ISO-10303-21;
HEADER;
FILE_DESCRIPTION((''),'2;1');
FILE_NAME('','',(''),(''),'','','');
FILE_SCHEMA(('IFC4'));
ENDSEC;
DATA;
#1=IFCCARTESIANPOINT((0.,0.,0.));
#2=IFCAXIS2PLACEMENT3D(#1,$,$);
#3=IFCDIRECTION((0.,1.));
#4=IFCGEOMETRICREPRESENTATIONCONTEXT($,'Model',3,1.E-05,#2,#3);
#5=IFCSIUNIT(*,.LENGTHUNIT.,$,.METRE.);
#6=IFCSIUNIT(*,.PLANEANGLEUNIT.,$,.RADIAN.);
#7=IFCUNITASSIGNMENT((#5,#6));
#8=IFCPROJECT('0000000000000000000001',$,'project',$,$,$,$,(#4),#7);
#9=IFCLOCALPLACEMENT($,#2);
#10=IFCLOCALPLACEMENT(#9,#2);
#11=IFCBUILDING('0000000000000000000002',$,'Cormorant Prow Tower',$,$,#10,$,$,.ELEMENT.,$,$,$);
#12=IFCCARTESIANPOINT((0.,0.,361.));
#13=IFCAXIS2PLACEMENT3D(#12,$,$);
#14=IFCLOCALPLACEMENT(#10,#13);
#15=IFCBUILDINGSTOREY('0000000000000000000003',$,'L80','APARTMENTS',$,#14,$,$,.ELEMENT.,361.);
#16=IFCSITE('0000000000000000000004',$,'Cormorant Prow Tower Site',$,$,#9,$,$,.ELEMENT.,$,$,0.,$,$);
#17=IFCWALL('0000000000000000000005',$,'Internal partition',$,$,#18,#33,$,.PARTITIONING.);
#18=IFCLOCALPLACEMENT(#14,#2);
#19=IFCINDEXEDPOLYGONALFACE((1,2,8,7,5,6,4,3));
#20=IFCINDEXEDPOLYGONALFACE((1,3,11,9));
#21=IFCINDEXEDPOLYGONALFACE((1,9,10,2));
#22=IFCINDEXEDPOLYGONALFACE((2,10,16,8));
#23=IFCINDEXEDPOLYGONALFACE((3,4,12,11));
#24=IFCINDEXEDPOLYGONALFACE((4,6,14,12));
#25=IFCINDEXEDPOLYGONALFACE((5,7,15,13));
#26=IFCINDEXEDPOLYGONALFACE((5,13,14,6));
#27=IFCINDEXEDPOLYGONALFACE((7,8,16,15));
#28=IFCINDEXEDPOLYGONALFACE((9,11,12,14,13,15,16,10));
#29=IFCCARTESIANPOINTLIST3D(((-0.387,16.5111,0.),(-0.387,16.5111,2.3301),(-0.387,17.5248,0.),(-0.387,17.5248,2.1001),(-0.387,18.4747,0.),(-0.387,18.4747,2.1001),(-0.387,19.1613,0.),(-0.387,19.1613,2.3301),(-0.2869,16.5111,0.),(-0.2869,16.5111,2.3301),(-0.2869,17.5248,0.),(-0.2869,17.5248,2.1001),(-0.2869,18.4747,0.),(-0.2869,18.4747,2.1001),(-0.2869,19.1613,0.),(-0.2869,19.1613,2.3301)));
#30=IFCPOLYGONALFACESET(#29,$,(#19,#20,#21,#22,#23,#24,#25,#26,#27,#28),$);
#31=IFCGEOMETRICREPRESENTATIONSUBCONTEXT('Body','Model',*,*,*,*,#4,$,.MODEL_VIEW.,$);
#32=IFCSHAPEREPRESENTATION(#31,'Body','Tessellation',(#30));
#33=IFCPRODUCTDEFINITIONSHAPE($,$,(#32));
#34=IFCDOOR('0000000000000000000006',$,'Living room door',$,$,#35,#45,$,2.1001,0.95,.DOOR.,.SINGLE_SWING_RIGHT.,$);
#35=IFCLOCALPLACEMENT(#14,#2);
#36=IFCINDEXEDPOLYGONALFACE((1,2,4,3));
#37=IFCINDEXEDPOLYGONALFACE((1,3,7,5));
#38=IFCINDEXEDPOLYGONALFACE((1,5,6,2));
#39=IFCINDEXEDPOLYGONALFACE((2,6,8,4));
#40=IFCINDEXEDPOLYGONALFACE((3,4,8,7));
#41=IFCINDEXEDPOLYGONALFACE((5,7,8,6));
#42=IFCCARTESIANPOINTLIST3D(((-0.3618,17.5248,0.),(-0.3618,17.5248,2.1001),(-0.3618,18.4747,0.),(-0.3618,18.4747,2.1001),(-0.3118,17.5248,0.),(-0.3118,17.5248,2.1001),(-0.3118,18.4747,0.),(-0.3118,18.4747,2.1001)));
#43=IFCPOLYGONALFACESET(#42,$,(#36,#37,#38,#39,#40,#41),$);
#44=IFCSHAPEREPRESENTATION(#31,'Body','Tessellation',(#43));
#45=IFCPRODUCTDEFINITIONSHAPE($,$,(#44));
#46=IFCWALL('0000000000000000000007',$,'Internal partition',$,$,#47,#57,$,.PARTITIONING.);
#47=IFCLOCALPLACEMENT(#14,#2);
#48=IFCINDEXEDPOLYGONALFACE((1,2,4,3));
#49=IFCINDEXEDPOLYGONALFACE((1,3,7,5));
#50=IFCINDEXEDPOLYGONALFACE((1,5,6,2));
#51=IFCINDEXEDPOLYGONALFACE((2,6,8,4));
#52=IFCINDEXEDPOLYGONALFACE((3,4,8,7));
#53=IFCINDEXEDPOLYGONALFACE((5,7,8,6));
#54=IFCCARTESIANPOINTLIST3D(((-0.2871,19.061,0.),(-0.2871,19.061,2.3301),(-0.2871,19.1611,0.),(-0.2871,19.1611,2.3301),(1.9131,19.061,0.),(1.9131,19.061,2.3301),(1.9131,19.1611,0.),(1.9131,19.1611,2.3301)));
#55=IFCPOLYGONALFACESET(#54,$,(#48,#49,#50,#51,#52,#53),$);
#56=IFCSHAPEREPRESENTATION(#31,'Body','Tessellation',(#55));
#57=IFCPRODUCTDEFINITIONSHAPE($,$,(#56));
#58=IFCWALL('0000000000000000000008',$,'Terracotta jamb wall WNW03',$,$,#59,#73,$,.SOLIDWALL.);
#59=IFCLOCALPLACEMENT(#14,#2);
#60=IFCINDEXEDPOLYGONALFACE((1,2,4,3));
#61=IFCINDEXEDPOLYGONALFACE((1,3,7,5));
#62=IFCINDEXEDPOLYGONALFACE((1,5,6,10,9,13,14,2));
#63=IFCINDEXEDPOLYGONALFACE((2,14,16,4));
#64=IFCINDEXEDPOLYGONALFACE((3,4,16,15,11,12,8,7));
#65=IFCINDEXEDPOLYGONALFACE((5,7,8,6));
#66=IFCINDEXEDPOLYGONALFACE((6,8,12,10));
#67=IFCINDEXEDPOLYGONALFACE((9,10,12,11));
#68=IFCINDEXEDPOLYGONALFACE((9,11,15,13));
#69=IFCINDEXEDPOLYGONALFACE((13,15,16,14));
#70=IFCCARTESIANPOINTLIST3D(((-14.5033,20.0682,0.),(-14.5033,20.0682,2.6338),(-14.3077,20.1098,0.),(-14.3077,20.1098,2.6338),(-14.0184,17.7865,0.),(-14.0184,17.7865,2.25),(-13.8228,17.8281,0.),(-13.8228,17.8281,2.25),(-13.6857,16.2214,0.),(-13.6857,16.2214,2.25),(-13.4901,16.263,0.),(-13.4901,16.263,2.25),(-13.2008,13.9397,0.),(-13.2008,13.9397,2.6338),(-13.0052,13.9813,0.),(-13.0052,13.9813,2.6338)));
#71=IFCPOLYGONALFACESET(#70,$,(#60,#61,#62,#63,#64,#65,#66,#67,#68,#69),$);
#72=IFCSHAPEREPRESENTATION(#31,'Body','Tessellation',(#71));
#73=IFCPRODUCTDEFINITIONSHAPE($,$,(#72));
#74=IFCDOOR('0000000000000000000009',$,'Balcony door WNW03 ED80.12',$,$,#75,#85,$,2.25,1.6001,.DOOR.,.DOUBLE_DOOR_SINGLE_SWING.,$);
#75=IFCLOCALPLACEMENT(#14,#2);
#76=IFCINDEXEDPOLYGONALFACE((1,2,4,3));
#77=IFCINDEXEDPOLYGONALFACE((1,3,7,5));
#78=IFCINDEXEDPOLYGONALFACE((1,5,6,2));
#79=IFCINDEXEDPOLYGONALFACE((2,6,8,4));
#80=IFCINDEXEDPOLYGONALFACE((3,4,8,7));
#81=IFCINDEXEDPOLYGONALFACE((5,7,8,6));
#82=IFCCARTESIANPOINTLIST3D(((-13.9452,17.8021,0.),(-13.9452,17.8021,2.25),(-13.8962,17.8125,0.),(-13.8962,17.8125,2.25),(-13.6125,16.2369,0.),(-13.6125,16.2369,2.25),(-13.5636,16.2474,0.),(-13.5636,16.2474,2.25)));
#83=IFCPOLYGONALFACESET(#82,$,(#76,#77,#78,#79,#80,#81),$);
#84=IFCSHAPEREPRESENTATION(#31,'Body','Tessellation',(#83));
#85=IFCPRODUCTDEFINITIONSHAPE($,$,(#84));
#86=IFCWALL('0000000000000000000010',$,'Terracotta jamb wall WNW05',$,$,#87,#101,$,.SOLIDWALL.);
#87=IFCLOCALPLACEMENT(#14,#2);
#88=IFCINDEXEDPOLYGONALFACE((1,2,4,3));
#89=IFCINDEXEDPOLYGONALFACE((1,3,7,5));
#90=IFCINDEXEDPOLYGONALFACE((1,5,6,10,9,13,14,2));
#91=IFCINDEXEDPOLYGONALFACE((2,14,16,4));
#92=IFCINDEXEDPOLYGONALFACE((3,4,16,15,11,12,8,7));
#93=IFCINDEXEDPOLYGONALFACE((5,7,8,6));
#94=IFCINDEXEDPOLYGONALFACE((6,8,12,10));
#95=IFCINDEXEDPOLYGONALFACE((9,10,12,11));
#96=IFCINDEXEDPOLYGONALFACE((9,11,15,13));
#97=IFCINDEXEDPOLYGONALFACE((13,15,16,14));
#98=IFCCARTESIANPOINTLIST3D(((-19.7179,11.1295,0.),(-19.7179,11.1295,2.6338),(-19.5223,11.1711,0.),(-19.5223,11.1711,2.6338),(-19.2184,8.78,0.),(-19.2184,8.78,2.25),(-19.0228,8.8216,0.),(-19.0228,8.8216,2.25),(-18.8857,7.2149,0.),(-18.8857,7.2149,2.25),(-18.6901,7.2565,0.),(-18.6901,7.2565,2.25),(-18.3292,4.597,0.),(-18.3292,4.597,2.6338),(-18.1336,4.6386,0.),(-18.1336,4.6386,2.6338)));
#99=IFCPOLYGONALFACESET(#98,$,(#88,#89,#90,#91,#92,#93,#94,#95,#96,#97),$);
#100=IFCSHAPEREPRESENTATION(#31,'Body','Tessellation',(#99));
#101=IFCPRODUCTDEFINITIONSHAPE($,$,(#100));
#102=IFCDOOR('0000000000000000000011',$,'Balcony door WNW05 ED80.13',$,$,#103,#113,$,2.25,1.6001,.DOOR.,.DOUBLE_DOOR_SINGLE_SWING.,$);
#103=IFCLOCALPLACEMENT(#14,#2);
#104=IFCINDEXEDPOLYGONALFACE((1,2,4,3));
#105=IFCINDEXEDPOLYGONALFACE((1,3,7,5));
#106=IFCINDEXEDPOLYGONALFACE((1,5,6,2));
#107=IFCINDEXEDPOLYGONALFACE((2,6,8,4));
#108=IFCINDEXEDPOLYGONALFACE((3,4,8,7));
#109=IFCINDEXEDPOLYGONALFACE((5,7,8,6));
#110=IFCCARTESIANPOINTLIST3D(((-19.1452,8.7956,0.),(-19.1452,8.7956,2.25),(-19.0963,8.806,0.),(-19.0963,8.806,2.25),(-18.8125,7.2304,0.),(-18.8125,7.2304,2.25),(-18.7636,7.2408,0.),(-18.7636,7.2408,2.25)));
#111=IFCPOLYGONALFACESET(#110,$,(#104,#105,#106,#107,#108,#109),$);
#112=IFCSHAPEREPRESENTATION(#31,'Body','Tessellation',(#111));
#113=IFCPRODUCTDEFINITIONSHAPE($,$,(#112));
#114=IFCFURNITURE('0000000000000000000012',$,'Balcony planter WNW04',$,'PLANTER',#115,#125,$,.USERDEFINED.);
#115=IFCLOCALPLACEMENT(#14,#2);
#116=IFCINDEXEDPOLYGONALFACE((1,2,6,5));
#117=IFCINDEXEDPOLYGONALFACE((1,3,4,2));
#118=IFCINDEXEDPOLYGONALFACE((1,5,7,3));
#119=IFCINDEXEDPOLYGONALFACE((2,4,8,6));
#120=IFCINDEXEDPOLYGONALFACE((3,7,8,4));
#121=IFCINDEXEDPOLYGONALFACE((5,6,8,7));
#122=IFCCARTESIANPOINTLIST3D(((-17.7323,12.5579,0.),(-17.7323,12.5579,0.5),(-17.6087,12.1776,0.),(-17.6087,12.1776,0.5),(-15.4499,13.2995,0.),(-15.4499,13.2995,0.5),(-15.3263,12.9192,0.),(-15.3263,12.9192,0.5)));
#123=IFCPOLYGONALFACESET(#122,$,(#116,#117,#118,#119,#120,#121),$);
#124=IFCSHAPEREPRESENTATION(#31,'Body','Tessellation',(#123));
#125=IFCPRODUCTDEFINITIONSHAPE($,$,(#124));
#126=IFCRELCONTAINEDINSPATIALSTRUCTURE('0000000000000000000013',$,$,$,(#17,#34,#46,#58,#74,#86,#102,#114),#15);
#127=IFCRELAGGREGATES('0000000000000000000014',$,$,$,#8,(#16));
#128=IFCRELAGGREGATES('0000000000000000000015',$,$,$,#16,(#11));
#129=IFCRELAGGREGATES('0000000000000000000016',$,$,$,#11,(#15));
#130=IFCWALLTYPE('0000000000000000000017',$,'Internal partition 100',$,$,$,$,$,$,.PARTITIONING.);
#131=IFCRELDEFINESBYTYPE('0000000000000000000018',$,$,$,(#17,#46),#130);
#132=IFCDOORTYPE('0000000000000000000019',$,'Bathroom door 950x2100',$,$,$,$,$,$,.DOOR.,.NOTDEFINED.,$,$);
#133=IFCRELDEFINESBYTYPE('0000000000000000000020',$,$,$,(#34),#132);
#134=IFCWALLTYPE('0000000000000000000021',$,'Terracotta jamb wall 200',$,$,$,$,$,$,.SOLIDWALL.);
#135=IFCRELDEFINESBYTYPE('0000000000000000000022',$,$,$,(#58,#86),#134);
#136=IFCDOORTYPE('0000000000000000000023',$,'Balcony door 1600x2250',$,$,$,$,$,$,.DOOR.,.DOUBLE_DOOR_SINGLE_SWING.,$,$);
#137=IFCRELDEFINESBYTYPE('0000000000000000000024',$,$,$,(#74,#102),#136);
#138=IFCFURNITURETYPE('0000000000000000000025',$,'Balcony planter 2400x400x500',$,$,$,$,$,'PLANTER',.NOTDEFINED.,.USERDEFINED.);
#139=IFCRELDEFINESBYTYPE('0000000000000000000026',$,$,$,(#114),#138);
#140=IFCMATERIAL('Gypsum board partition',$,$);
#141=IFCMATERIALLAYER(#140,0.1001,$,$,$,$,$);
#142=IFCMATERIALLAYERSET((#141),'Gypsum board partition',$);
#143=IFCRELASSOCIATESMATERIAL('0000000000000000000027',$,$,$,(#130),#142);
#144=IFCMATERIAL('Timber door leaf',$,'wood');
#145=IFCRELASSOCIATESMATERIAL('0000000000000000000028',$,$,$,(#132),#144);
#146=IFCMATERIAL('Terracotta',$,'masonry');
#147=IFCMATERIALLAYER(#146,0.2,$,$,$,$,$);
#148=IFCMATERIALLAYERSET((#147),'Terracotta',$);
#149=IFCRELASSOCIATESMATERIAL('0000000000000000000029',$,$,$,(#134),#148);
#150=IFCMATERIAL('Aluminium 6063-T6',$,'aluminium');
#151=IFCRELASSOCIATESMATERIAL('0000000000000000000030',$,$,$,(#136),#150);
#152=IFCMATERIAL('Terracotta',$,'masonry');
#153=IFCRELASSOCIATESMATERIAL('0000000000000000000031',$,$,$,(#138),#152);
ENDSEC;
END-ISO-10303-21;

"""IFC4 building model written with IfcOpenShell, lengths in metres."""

from ifc_helpers import new_model, si_unit, direction, frame, frame_2d, origin, origin_2d, place, context, subcontext, project, spatial, rectangle, extrude, material, layer, layer_set, type_object, element, fill, save


model = new_model("IFC4")

# Units and contexts
model_context = context("Model", 3, precision=1e-05, world=origin(), true_north=direction((0.0, 1.0)))
body_context = subcontext(model_context, "Body", "Model", "MODEL_VIEW")
ifc_project = project(units=[si_unit("LENGTHUNIT", "METRE"), si_unit("PLANEANGLEUNIT", "RADIAN")], contexts=[model_context])

# Site, building, storey
site_placement = place(None, origin())
site = spatial("IfcSite", under=ifc_project, at=site_placement, Name="Cormorant Prow Tower Site", CompositionType="ELEMENT", RefElevation=0.0)
building_placement = place(site_placement, origin())
building = spatial("IfcBuilding", under=site, at=building_placement, Name="Cormorant Prow Tower", CompositionType="ELEMENT")
storey_placement = place(building_placement, frame((0.0, 0.0, 361.0)))
storey = spatial("IfcBuildingStorey", under=building, at=storey_placement, Name="L80", Description="APARTMENTS", CompositionType="ELEMENT", Elevation=361.0)

# Wall, opening, door
ifc_material_1 = material(Name="Gypsum board partition")
ifc_layer_1 = layer(ifc_material_1, 0.1001)
ifc_layer_set_1 = layer_set([ifc_layer_1], Name="Gypsum board partition")
wall_type_1 = type_object("IfcWallType", Name="Internal partition 100", PredefinedType="PARTITIONING", material=ifc_layer_set_1)
wall_1_placement = place(storey_placement, frame((-0.3369, 16.511, 0.0), z_axis=(0.0, 0.0, 1.0), x_axis=(0.0, 1.0, 0.0)))
wall_1 = element("IfcWall", 1, at=wall_1_placement, inside=storey, type_object=wall_type_1, Name="Internal partition", PredefinedType="PARTITIONING", context=body_context, shape_type="SweptSolid", body=[
    extrude(rectangle(XDim=2.6501, YDim=0.1001, at=frame_2d((1.3252, 0.0))), origin(), (0.0, 0.0, 1.0), 2.3301),
])
opening_1_placement = place(wall_1_placement, frame((1.0137, 0.0, 0.0)))
opening_1 = element("IfcOpeningElement", 2, at=opening_1_placement, cuts=wall_1, PredefinedType="OPENING", context=body_context, shape_type="SweptSolid", body=[
    extrude(rectangle(XDim=0.95, YDim=2.1001, at=frame_2d((0.4751, 1.05))), frame((0.0, 0.0601, 0.0), z_axis=(0.0, -1.0, 0.0), x_axis=(1.0, 0.0, 0.0)), (0.0, 0.0, 1.0), 0.1201),
])
ifc_material_2 = material(Name="Timber door leaf", Category="wood")
door_type_1 = type_object("IfcDoorType", Name="Bathroom door 950x2100", OperationType="NOTDEFINED", PredefinedType="DOOR", material=ifc_material_2)
door_1_placement = place(opening_1_placement, origin())
door_1 = element("IfcDoor", 3, at=door_1_placement, inside=storey, type_object=door_type_1, Name="Living room door", OperationType="SINGLE_SWING_RIGHT", OverallHeight=2.1001, OverallWidth=0.95, PredefinedType="DOOR", context=body_context, shape_type="SweptSolid", body=[
    extrude(rectangle(XDim=0.95, YDim=2.1001, at=frame_2d((0.4751, 1.05))), frame((0.0, 0.0249, 0.0), z_axis=(0.0, -1.0, 0.0), x_axis=(1.0, 0.0, 0.0)), (0.0, 0.0, 1.0), 0.05),
])
fill(opening_1, door_1)

# Wall
wall_2_placement = place(storey_placement, frame((-0.2871, 19.1111, 0.0), z_axis=(0.0, 0.0, 1.0), x_axis=(1.0, 0.0, 0.0)))
element("IfcWall", 4, at=wall_2_placement, inside=storey, type_object=wall_type_1, Name="Internal partition", PredefinedType="PARTITIONING", context=body_context, shape_type="SweptSolid", body=[
    extrude(rectangle(XDim=2.2002, YDim=0.1001, at=frame_2d((1.1001, 0.0))), origin(), (0.0, 0.0, 1.0), 2.3301),
])

# Walls, openings, doors
ifc_material_3 = material(Name="Terracotta", Category="masonry")
ifc_layer_2 = layer(ifc_material_3, 0.2)
ifc_layer_set_2 = layer_set([ifc_layer_2], Name="Terracotta")
wall_type_2 = type_object("IfcWallType", Name="Terracotta jamb wall 200", PredefinedType="SOLIDWALL", material=ifc_layer_set_2)
wall_3_placement = place(storey_placement, frame((-14.4055, 20.0891, 0.0), z_axis=(0.0, 0.0, 1.0), x_axis=(0.20789, -0.978152, 0.0)))
wall_3 = element("IfcWall", 5, at=wall_3_placement, inside=storey, type_object=wall_type_2, Name="Terracotta jamb wall WNW03", PredefinedType="SOLIDWALL", context=body_context, shape_type="SweptSolid", body=[
    extrude(rectangle(XDim=6.2654, YDim=0.2, at=frame_2d((3.1328, 0.0))), origin(), (0.0, 0.0, 1.0), 2.6338),
])
opening_2_placement = place(wall_3_placement, frame((2.3328, 0.0, 0.0)))
opening_2 = element("IfcOpeningElement", 6, at=opening_2_placement, cuts=wall_3, PredefinedType="OPENING", context=body_context, shape_type="SweptSolid", body=[
    extrude(rectangle(XDim=1.6001, YDim=2.25, at=frame_2d((0.8, 1.125))), frame((0.0, 0.1099, 0.0), z_axis=(0.0, -1.0, 0.0), x_axis=(1.0, 0.0, 0.0)), (0.0, 0.0, 1.0), 0.22),
])
ifc_material_4 = material(Name="Aluminium 6063-T6", Category="aluminium")
door_type_2 = type_object("IfcDoorType", Name="Balcony door 1600x2250", OperationType="DOUBLE_DOOR_SINGLE_SWING", PredefinedType="DOOR", material=ifc_material_4)
door_2_placement = place(opening_2_placement, origin())
door_2 = element("IfcDoor", 7, at=door_2_placement, inside=storey, type_object=door_type_2, Name="Balcony door WNW03 ED80.12", OperationType="DOUBLE_DOOR_SINGLE_SWING", OverallHeight=2.25, OverallWidth=1.6001, PredefinedType="DOOR", context=body_context, shape_type="SweptSolid", body=[
    extrude(rectangle(XDim=1.6001, YDim=2.25, at=frame_2d((0.8, 1.125))), frame((0.0, 0.0249, 0.0), z_axis=(0.0, -1.0, 0.0), x_axis=(1.0, 0.0, 0.0)), (0.0, 0.0, 1.0), 0.05),
])
fill(opening_2, door_2)
wall_4_placement = place(storey_placement, frame((-19.6201, 11.1504, 0.0), z_axis=(0.0, 0.0, 1.0), x_axis=(0.207934, -0.978143, 0.0)))
wall_4 = element("IfcWall", 8, at=wall_4_placement, inside=storey, type_object=wall_type_2, Name="Terracotta jamb wall WNW05", PredefinedType="SOLIDWALL", context=body_context, shape_type="SweptSolid", body=[
    extrude(rectangle(XDim=6.6785, YDim=0.2, at=frame_2d((3.3394, 0.0))), origin(), (0.0, 0.0, 1.0), 2.6338),
])
opening_3_placement = place(wall_4_placement, frame((2.4021, 0.0, 0.0)))
opening_3 = element("IfcOpeningElement", 9, at=opening_3_placement, cuts=wall_4, PredefinedType="OPENING", context=body_context, shape_type="SweptSolid", body=[
    extrude(rectangle(XDim=1.6001, YDim=2.25, at=frame_2d((0.8, 1.125))), frame((0.0, 0.1099, 0.0), z_axis=(0.0, -1.0, 0.0), x_axis=(1.0, 0.0, 0.0)), (0.0, 0.0, 1.0), 0.22),
])
door_3_placement = place(opening_3_placement, origin())
door_3 = element("IfcDoor", 10, at=door_3_placement, inside=storey, type_object=door_type_2, Name="Balcony door WNW05 ED80.13", OperationType="DOUBLE_DOOR_SINGLE_SWING", OverallHeight=2.25, OverallWidth=1.6001, PredefinedType="DOOR", context=body_context, shape_type="SweptSolid", body=[
    extrude(rectangle(XDim=1.6001, YDim=2.25, at=frame_2d((0.8, 1.125))), frame((0.0, 0.0249, 0.0), z_axis=(0.0, -1.0, 0.0), x_axis=(1.0, 0.0, 0.0)), (0.0, 0.0, 1.0), 0.05),
])
fill(opening_3, door_3)

# Furniture
ifc_material_5 = material(Name="Terracotta", Category="masonry")
furniture_type = type_object("IfcFurnitureType", Name="Balcony planter 2400x400x500", ElementType="PLANTER", AssemblyPlace="NOTDEFINED", PredefinedType="USERDEFINED", material=ifc_material_5)
furniture_placement = place(storey_placement, frame((-16.5293, 12.7385, 0.0), z_axis=(0.0, 0.0, 1.0), x_axis=(-0.951057, -0.309017, 0.0)))
element("IfcFurniture", 11, at=furniture_placement, inside=storey, type_object=furniture_type, Name="Balcony planter WNW04", ObjectType="PLANTER", PredefinedType="USERDEFINED", context=body_context, shape_type="SweptSolid", body=[
    extrude(rectangle(XDim=2.3999, YDim=0.3999, at=origin_2d()), origin(), (0.0, 0.0, 1.0), 0.5),
])

save(model, "model.ifc")
